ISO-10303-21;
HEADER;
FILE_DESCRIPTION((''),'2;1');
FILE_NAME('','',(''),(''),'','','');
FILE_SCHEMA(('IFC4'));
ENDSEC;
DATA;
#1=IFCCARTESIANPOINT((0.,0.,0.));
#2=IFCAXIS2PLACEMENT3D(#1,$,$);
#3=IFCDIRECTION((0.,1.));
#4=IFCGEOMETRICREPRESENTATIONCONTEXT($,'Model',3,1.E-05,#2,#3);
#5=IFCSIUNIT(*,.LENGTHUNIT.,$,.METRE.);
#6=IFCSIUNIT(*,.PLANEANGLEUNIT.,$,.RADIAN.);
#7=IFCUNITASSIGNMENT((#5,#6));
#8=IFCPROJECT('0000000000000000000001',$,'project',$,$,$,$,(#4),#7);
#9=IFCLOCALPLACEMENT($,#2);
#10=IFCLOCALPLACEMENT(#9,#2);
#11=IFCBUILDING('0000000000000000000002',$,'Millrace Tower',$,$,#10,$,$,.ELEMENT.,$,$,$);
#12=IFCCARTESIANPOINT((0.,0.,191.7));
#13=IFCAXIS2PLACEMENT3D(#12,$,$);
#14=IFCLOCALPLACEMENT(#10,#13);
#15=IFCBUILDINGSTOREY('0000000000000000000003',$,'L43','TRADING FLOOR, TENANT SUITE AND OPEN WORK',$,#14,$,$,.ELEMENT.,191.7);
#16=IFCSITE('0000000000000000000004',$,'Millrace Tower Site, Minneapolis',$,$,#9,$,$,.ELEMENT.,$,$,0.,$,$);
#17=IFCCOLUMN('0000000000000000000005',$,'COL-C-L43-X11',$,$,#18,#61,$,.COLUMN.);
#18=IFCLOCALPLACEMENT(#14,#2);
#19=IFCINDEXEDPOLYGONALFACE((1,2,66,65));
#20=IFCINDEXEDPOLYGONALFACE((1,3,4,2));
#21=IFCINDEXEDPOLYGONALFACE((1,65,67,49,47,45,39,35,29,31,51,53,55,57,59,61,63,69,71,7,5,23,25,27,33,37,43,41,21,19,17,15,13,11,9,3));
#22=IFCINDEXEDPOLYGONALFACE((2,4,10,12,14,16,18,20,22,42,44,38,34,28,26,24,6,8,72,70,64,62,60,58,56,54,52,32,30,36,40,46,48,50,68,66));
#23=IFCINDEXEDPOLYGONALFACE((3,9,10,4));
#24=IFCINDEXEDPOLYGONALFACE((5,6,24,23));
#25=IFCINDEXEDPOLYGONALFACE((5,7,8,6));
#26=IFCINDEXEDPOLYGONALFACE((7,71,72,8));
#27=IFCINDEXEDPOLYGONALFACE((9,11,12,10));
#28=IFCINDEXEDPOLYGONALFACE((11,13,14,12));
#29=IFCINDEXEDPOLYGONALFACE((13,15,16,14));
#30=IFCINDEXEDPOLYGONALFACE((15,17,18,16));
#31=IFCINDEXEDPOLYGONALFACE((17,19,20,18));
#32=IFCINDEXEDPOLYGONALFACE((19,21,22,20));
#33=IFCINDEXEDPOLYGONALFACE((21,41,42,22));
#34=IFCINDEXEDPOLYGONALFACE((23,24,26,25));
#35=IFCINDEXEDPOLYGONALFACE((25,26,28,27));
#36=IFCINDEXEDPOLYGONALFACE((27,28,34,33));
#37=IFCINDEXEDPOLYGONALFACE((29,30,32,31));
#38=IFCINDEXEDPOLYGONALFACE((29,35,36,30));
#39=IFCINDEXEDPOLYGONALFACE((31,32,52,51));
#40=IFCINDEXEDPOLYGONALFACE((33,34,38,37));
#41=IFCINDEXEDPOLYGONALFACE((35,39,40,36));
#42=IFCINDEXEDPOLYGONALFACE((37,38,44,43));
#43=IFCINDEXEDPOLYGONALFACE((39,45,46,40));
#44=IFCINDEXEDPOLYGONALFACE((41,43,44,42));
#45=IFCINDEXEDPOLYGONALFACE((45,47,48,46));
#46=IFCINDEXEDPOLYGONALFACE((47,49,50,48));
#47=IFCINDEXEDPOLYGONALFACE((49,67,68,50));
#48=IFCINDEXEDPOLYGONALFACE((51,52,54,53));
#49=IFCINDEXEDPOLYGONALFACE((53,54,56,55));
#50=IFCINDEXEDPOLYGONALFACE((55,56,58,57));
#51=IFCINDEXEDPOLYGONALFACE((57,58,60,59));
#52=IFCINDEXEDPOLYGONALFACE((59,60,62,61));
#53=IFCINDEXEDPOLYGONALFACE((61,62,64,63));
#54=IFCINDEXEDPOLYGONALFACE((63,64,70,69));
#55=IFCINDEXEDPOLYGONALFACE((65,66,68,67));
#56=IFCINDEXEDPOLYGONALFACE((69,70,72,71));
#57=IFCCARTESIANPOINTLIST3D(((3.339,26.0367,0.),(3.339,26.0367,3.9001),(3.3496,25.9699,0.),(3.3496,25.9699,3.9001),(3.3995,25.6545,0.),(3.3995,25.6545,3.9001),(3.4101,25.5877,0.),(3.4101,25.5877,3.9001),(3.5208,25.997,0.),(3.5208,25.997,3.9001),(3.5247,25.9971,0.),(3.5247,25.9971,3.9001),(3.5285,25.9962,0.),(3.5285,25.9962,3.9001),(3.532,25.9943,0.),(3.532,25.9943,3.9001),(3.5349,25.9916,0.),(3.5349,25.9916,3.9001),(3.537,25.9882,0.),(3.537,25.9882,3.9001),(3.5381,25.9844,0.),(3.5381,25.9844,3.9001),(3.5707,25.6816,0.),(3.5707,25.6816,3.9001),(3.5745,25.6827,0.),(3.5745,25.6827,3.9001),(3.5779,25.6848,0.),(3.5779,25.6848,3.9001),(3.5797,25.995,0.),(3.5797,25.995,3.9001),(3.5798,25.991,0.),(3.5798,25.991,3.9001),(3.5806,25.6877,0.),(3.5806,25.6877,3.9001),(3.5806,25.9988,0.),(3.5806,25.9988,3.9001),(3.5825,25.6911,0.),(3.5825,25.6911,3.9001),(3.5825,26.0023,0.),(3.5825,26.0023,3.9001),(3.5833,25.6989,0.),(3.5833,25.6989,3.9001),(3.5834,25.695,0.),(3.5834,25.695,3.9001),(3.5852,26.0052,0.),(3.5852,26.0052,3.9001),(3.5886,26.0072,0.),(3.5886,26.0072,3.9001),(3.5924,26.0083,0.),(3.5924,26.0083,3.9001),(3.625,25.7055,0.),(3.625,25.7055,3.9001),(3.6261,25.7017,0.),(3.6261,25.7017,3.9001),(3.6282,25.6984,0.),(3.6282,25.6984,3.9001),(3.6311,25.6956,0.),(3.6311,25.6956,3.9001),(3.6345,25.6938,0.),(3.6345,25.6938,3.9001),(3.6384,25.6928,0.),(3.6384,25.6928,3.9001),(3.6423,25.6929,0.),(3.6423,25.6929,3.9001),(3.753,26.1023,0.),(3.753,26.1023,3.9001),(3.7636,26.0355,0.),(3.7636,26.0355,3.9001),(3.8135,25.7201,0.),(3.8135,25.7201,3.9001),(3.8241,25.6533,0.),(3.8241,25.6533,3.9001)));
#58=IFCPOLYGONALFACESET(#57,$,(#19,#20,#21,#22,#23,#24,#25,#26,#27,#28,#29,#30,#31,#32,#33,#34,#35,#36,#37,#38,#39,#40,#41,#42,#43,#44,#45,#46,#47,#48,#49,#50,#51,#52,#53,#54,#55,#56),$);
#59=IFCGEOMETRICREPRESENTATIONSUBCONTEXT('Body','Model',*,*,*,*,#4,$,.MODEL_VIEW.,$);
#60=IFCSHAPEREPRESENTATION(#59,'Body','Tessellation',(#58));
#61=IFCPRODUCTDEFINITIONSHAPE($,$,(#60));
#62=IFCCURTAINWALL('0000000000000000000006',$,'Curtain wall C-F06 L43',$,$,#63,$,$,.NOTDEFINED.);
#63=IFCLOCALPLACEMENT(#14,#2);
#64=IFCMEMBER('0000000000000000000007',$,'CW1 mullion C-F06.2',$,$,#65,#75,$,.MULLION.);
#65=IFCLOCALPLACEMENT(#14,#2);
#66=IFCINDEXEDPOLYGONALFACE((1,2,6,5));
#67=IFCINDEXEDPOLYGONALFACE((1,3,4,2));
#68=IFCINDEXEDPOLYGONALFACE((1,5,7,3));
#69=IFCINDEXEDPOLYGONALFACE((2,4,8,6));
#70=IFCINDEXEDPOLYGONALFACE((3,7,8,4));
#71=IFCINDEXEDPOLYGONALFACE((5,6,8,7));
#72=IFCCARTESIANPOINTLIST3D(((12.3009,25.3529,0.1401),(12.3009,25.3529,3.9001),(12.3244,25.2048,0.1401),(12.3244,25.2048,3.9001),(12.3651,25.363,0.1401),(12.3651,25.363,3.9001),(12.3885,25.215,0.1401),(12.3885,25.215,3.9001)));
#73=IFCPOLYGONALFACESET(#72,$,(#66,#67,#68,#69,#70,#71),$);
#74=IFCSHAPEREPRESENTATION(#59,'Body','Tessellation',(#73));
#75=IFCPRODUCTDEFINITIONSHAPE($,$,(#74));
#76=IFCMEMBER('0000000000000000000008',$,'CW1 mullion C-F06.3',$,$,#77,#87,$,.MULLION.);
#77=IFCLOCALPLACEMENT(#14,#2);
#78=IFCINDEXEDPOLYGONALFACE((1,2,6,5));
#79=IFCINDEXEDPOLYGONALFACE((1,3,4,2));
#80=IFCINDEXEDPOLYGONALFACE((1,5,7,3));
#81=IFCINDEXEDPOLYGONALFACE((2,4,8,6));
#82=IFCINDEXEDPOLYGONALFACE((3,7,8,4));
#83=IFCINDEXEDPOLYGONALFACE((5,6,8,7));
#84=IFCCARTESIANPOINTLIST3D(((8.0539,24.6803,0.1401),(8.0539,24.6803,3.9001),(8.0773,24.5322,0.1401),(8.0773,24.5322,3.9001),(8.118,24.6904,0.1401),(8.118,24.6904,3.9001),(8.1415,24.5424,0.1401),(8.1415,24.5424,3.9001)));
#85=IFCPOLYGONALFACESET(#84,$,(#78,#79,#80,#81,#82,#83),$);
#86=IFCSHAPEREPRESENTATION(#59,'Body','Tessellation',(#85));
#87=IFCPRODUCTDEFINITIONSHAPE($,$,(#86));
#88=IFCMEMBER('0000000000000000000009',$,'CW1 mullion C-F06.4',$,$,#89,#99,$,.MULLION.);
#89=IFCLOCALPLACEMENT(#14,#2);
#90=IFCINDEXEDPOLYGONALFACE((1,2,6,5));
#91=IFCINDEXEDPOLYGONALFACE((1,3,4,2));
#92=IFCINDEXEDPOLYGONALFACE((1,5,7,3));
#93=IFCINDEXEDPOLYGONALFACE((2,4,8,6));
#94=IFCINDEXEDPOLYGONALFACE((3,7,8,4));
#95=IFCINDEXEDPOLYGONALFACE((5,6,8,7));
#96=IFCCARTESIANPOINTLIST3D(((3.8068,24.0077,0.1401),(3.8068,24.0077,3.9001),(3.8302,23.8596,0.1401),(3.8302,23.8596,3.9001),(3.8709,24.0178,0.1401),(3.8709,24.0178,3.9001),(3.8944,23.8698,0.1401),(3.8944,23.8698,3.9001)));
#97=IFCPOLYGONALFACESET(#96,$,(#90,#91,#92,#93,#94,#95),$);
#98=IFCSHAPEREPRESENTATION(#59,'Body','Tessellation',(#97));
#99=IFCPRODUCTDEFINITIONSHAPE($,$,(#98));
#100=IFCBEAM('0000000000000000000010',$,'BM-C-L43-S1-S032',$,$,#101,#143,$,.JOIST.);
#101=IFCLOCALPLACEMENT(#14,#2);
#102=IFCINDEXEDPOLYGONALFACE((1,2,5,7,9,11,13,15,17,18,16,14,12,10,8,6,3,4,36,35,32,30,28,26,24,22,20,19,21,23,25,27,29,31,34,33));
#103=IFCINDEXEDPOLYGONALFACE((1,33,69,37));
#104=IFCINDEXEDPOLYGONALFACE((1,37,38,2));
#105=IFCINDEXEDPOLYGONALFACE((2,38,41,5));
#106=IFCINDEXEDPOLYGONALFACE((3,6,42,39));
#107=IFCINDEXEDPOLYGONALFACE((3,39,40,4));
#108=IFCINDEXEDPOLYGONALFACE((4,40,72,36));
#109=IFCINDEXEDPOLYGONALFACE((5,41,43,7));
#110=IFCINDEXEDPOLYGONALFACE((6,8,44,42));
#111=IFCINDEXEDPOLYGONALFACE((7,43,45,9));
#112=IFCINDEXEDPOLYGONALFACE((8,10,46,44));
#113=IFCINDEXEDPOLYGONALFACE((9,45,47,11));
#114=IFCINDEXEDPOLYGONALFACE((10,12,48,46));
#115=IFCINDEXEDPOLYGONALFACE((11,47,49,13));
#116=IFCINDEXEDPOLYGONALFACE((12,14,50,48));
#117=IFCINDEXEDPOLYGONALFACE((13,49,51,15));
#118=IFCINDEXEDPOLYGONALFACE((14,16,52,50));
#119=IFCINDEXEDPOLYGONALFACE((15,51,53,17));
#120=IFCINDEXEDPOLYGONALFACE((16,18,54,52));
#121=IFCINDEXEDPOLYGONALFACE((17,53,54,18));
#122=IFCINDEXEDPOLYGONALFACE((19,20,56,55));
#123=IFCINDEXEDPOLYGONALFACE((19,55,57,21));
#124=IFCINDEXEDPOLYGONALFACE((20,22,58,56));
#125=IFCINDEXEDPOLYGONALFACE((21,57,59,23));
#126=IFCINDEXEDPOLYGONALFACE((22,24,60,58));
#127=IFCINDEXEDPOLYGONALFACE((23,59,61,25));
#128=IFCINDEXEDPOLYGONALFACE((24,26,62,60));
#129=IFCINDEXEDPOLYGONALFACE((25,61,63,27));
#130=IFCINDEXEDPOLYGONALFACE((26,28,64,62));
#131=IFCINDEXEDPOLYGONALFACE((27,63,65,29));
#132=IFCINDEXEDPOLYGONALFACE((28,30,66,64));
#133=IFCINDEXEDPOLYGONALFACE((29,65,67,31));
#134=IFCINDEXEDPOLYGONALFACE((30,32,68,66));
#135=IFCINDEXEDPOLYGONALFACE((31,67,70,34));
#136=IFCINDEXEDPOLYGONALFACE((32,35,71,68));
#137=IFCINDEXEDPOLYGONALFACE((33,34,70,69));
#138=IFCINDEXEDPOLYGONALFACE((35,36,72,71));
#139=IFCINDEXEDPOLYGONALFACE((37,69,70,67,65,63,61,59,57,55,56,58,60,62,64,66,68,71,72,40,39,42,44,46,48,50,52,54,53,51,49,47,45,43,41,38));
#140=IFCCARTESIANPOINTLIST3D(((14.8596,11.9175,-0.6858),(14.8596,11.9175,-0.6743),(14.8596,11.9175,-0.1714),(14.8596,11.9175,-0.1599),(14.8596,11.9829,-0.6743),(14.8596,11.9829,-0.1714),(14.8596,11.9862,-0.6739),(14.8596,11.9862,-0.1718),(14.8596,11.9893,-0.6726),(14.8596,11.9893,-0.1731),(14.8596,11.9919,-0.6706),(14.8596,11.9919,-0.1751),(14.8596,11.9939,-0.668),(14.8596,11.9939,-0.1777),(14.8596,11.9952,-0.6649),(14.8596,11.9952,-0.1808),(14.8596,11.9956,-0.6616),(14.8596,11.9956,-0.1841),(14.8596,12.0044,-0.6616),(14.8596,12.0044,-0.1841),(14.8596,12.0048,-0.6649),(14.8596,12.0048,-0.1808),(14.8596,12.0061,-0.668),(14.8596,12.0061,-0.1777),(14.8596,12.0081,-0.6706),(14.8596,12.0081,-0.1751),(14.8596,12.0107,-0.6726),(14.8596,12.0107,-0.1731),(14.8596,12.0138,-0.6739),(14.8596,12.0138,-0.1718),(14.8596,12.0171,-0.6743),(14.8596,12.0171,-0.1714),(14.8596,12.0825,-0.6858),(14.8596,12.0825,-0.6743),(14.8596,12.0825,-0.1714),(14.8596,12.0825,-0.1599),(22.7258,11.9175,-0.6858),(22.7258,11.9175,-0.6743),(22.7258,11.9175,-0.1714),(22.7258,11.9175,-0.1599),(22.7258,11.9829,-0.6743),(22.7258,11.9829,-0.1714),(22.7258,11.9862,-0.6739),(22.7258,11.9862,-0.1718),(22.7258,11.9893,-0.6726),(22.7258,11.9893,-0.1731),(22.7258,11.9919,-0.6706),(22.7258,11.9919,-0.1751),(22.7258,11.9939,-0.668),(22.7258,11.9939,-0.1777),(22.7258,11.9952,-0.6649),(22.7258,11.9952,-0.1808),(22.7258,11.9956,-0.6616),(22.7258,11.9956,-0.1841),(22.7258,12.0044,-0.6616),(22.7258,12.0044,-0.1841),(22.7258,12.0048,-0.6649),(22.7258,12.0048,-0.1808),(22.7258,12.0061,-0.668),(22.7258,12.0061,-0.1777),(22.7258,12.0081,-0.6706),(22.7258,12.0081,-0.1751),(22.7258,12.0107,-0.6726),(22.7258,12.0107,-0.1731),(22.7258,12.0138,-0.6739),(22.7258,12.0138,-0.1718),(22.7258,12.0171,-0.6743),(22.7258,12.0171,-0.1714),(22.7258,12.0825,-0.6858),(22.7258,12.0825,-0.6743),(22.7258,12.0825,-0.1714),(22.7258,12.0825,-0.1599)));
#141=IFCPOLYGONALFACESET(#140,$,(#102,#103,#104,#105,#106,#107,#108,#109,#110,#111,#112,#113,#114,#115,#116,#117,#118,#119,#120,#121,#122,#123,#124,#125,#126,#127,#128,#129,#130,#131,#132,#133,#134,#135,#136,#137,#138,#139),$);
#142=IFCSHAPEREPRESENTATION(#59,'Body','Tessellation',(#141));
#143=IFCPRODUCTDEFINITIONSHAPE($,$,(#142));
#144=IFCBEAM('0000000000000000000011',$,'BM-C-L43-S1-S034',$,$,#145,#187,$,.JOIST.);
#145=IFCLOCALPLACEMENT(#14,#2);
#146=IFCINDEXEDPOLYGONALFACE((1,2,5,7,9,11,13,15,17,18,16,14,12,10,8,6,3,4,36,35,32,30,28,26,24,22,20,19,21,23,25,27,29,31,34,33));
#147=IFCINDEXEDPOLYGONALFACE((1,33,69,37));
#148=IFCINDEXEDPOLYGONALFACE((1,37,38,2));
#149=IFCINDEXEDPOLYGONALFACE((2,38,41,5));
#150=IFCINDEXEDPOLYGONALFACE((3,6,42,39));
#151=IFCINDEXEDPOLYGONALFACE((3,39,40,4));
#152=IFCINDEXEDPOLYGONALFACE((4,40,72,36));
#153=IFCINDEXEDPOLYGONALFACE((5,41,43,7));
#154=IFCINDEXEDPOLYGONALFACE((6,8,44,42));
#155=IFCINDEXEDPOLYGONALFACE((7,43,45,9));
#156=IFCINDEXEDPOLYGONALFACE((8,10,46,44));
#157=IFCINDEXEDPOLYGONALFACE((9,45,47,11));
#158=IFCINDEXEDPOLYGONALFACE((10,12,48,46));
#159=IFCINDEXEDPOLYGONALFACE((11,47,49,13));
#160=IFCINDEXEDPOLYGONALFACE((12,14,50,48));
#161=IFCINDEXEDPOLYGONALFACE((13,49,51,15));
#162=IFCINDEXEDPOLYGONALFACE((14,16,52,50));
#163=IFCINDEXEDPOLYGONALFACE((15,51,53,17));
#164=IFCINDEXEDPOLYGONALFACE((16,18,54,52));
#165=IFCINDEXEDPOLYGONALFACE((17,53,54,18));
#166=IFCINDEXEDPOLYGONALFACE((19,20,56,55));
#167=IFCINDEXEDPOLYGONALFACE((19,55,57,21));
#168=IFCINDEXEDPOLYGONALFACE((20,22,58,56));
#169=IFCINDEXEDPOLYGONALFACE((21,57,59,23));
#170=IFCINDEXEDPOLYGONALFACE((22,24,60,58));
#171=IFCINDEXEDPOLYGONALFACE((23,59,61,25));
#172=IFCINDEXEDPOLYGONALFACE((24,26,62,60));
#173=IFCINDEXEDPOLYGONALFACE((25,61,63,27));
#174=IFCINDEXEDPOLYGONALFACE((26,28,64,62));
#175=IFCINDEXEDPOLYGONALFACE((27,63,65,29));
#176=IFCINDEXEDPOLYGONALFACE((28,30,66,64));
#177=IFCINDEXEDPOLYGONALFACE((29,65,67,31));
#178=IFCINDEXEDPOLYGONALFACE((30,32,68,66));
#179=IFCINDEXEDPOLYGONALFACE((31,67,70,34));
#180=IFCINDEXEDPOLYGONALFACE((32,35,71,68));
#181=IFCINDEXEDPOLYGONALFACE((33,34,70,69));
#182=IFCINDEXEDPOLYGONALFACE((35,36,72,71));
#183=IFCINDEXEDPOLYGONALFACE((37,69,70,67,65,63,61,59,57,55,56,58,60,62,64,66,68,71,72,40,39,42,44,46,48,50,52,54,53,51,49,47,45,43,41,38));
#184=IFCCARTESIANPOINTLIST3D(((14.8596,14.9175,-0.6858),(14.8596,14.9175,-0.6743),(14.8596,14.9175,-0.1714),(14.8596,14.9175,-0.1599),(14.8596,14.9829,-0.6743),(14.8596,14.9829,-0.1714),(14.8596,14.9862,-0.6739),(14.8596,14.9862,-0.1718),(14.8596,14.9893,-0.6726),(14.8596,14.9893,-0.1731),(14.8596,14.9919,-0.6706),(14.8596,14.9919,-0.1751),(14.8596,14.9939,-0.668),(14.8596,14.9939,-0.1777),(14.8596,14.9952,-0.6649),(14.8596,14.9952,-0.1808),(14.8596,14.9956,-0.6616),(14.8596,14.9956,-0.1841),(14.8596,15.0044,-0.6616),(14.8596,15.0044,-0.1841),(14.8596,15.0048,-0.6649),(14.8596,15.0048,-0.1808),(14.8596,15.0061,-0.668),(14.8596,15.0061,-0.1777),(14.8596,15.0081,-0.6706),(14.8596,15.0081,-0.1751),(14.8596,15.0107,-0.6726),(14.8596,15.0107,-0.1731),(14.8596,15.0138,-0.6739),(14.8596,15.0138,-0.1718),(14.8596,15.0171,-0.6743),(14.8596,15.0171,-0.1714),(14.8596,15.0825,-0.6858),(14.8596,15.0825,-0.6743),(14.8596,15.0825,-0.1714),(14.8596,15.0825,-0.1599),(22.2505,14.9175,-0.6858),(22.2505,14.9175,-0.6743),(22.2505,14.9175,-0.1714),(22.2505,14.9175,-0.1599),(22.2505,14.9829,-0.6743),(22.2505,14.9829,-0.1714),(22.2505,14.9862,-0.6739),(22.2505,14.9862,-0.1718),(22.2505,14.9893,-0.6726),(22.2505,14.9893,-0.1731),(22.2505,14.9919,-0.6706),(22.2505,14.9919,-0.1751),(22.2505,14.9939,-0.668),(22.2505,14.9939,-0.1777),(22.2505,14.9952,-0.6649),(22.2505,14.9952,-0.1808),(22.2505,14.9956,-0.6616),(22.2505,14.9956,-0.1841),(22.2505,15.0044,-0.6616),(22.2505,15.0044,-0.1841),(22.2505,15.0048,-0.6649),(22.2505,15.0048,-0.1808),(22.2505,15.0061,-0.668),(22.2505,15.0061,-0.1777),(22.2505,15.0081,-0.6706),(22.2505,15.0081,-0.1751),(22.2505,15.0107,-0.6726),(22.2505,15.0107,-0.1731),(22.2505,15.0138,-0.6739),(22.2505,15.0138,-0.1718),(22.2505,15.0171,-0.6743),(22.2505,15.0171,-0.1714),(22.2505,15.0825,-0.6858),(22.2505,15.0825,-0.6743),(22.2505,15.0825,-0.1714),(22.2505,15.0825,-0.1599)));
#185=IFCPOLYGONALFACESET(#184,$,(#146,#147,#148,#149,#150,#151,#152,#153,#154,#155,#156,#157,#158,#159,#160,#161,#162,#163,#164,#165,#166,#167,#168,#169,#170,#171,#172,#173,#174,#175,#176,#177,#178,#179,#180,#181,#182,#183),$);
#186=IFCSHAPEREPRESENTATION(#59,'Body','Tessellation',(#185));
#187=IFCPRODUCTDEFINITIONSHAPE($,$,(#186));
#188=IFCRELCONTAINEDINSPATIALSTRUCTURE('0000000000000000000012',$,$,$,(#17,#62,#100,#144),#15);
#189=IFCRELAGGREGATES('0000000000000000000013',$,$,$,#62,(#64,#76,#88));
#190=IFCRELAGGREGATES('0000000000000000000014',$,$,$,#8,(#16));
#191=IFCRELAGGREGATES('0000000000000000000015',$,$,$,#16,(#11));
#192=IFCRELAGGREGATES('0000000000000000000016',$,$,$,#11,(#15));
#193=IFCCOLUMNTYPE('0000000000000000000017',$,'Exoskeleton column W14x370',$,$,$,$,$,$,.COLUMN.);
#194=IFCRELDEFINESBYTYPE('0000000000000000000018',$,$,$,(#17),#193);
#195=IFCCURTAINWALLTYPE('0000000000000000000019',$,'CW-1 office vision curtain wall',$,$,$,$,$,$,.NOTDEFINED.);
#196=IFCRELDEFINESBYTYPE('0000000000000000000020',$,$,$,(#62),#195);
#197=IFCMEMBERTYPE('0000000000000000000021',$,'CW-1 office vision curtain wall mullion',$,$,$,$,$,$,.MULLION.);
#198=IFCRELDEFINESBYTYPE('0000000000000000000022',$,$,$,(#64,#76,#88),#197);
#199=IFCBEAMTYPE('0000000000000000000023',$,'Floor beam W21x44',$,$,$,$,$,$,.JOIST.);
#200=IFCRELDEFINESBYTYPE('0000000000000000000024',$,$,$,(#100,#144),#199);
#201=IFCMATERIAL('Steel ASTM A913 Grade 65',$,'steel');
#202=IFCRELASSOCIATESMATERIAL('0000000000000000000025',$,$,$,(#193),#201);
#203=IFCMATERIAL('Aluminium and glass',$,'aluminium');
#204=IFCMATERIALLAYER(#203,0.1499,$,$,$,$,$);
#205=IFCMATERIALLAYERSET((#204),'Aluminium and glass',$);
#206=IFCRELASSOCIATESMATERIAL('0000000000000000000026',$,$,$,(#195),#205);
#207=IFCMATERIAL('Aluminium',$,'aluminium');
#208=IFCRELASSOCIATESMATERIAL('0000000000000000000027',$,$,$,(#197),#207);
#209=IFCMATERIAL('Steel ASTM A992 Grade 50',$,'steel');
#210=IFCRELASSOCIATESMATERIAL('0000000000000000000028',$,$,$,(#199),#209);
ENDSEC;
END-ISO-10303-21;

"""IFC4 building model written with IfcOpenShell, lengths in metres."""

from ifc_helpers import new_model, si_unit, direction, frame, origin, origin_2d, place, context, subcontext, project, spatial, rectangle, i_section, extrude, material, layer, layer_set, material_profile, profile_set, type_object, element, aggregate, save


model = new_model("IFC4")

# Units and contexts
model_context = context("Model", 3, precision=1e-05, world=origin(), true_north=direction((0.0, 1.0)))
body_context = subcontext(model_context, "Body", "Model", "MODEL_VIEW")
ifc_project = project(units=[si_unit("LENGTHUNIT", "METRE"), si_unit("PLANEANGLEUNIT", "RADIAN")], contexts=[model_context])

# Site, building, storey
site_placement = place(None, origin())
site = spatial("IfcSite", under=ifc_project, at=site_placement, Name="Millrace Tower Site, Minneapolis", CompositionType="ELEMENT", RefElevation=0.0)
building_placement = place(site_placement, origin())
building = spatial("IfcBuilding", under=site, at=building_placement, Name="Millrace Tower", CompositionType="ELEMENT")
storey_placement = place(building_placement, frame((0.0, 0.0, 191.7)))
storey = spatial("IfcBuildingStorey", under=building, at=storey_placement, Name="L43", Description="TRADING FLOOR, TENANT SUITE AND OPEN WORK", CompositionType="ELEMENT", Elevation=191.7)

# Column
ifc_material_1 = material(Name="Steel ASTM A913 Grade 65", Category="steel")
ifc_material_profile_1 = material_profile(ifc_material_1, i_section(OverallWidth=0.4192, OverallDepth=0.4546, WebThickness=0.0422, FlangeThickness=0.0676, FilletRadius=0.0151, at=origin_2d()))
ifc_profile_set_1 = profile_set([ifc_material_profile_1], Name="Steel ASTM A913 Grade 65")
column_type = type_object("IfcColumnType", Name="Exoskeleton column W14x370", PredefinedType="COLUMN", material=ifc_profile_set_1)
column_placement = place(storey_placement, frame((3.5815, 25.845, 0.0), z_axis=(0.0, 0.0, 1.0), x_axis=(-0.987688, -0.156434, 0.0)))
element("IfcColumn", 1, at=column_placement, inside=storey, type_object=column_type, Name="COL-C-L43-X11", PredefinedType="COLUMN", context=body_context, shape_type="SweptSolid", body=[
    extrude(i_section(OverallWidth=0.4192, OverallDepth=0.4546, WebThickness=0.0422, FlangeThickness=0.0676, FilletRadius=0.0151, at=origin_2d()), origin(), (0.0, 0.0, 1.0), 3.9001),
])

# Curtain wall, members
ifc_material_2 = material(Name="Aluminium and glass", Category="aluminium")
ifc_layer_1 = layer(ifc_material_2, 0.1499)
ifc_layer_set_1 = layer_set([ifc_layer_1], Name="Aluminium and glass")
curtain_wall_type = type_object("IfcCurtainWallType", Name="CW-1 office vision curtain wall", PredefinedType="NOTDEFINED", material=ifc_layer_set_1)
curtain_wall_placement = place(storey_placement, origin())
curtain_wall = element("IfcCurtainWall", 2, at=curtain_wall_placement, inside=storey, type_object=curtain_wall_type, Name="Curtain wall C-F06 L43", PredefinedType="NOTDEFINED")
ifc_material_3 = material(Name="Aluminium", Category="aluminium")
ifc_material_profile_2 = material_profile(ifc_material_3, rectangle(XDim=0.0649, YDim=0.1499, at=origin_2d()))
ifc_profile_set_2 = profile_set([ifc_material_profile_2], Name="Aluminium")
member_type = type_object("IfcMemberType", Name="CW-1 office vision curtain wall mullion", PredefinedType="MULLION", material=ifc_profile_set_2)
member_1_placement = place(storey_placement, frame((12.3447, 25.2839, 0.1401), z_axis=(0.0, 0.0, 1.0), x_axis=(-0.987688, -0.156434, 0.0)))
member_1 = element("IfcMember", 3, at=member_1_placement, type_object=member_type, Name="CW1 mullion C-F06.2", PredefinedType="MULLION", context=body_context, shape_type="SweptSolid", body=[
    extrude(rectangle(XDim=0.0649, YDim=0.1499, at=origin_2d()), origin(), (0.0, 0.0, 1.0), 3.76),
])
member_2_placement = place(storey_placement, frame((8.0977, 24.6113, 0.1401), z_axis=(0.0, 0.0, 1.0), x_axis=(-0.987688, -0.156434, 0.0)))
member_2 = element("IfcMember", 4, at=member_2_placement, type_object=member_type, Name="CW1 mullion C-F06.3", PredefinedType="MULLION", context=body_context, shape_type="SweptSolid", body=[
    extrude(rectangle(XDim=0.0649, YDim=0.1499, at=origin_2d()), origin(), (0.0, 0.0, 1.0), 3.76),
])
member_3_placement = place(storey_placement, frame((3.8506, 23.9387, 0.1401), z_axis=(0.0, 0.0, 1.0), x_axis=(-0.987688, -0.156434, 0.0)))
member_3 = element("IfcMember", 5, at=member_3_placement, type_object=member_type, Name="CW1 mullion C-F06.4", PredefinedType="MULLION", context=body_context, shape_type="SweptSolid", body=[
    extrude(rectangle(XDim=0.0649, YDim=0.1499, at=origin_2d()), origin(), (0.0, 0.0, 1.0), 3.76),
])
aggregate(curtain_wall, [member_1, member_2, member_3])

# Beams
ifc_material_4 = material(Name="Steel ASTM A992 Grade 50", Category="steel")
ifc_material_profile_3 = material_profile(ifc_material_4, i_section(OverallWidth=0.165, OverallDepth=0.5259, WebThickness=0.0088, FlangeThickness=0.0115, FilletRadius=0.0127, at=origin_2d()))
ifc_profile_set_3 = profile_set([ifc_material_profile_3], Name="Steel ASTM A992 Grade 50")
beam_type_1 = type_object("IfcBeamType", Name="Floor beam W21x44", PredefinedType="JOIST", material=ifc_profile_set_3)
beam_1_placement = place(storey_placement, frame((14.8596, 12.0, -0.4229), z_axis=(1.0, 0.0, 0.0), x_axis=(0.0, 1.0, 0.0)))
element("IfcBeam", 6, at=beam_1_placement, inside=storey, type_object=beam_type_1, Name="BM-C-L43-S1-S032", PredefinedType="JOIST", context=body_context, shape_type="SweptSolid", body=[
    extrude(i_section(OverallWidth=0.165, OverallDepth=0.5259, WebThickness=0.0088, FlangeThickness=0.0115, FilletRadius=0.0127, at=origin_2d()), origin(), (0.0, 0.0, 1.0), 7.8662),
])
beam_2_placement = place(storey_placement, frame((14.8596, 15.0, -0.4229), z_axis=(1.0, 0.0, 0.0), x_axis=(0.0, 1.0, 0.0)))
element("IfcBeam", 7, at=beam_2_placement, inside=storey, type_object=beam_type_1, Name="BM-C-L43-S1-S034", PredefinedType="JOIST", context=body_context, shape_type="SweptSolid", body=[
    extrude(i_section(OverallWidth=0.165, OverallDepth=0.5259, WebThickness=0.0088, FlangeThickness=0.0115, FilletRadius=0.0127, at=origin_2d()), origin(), (0.0, 0.0, 1.0), 7.3909),
])

save(model, "model.ifc")
